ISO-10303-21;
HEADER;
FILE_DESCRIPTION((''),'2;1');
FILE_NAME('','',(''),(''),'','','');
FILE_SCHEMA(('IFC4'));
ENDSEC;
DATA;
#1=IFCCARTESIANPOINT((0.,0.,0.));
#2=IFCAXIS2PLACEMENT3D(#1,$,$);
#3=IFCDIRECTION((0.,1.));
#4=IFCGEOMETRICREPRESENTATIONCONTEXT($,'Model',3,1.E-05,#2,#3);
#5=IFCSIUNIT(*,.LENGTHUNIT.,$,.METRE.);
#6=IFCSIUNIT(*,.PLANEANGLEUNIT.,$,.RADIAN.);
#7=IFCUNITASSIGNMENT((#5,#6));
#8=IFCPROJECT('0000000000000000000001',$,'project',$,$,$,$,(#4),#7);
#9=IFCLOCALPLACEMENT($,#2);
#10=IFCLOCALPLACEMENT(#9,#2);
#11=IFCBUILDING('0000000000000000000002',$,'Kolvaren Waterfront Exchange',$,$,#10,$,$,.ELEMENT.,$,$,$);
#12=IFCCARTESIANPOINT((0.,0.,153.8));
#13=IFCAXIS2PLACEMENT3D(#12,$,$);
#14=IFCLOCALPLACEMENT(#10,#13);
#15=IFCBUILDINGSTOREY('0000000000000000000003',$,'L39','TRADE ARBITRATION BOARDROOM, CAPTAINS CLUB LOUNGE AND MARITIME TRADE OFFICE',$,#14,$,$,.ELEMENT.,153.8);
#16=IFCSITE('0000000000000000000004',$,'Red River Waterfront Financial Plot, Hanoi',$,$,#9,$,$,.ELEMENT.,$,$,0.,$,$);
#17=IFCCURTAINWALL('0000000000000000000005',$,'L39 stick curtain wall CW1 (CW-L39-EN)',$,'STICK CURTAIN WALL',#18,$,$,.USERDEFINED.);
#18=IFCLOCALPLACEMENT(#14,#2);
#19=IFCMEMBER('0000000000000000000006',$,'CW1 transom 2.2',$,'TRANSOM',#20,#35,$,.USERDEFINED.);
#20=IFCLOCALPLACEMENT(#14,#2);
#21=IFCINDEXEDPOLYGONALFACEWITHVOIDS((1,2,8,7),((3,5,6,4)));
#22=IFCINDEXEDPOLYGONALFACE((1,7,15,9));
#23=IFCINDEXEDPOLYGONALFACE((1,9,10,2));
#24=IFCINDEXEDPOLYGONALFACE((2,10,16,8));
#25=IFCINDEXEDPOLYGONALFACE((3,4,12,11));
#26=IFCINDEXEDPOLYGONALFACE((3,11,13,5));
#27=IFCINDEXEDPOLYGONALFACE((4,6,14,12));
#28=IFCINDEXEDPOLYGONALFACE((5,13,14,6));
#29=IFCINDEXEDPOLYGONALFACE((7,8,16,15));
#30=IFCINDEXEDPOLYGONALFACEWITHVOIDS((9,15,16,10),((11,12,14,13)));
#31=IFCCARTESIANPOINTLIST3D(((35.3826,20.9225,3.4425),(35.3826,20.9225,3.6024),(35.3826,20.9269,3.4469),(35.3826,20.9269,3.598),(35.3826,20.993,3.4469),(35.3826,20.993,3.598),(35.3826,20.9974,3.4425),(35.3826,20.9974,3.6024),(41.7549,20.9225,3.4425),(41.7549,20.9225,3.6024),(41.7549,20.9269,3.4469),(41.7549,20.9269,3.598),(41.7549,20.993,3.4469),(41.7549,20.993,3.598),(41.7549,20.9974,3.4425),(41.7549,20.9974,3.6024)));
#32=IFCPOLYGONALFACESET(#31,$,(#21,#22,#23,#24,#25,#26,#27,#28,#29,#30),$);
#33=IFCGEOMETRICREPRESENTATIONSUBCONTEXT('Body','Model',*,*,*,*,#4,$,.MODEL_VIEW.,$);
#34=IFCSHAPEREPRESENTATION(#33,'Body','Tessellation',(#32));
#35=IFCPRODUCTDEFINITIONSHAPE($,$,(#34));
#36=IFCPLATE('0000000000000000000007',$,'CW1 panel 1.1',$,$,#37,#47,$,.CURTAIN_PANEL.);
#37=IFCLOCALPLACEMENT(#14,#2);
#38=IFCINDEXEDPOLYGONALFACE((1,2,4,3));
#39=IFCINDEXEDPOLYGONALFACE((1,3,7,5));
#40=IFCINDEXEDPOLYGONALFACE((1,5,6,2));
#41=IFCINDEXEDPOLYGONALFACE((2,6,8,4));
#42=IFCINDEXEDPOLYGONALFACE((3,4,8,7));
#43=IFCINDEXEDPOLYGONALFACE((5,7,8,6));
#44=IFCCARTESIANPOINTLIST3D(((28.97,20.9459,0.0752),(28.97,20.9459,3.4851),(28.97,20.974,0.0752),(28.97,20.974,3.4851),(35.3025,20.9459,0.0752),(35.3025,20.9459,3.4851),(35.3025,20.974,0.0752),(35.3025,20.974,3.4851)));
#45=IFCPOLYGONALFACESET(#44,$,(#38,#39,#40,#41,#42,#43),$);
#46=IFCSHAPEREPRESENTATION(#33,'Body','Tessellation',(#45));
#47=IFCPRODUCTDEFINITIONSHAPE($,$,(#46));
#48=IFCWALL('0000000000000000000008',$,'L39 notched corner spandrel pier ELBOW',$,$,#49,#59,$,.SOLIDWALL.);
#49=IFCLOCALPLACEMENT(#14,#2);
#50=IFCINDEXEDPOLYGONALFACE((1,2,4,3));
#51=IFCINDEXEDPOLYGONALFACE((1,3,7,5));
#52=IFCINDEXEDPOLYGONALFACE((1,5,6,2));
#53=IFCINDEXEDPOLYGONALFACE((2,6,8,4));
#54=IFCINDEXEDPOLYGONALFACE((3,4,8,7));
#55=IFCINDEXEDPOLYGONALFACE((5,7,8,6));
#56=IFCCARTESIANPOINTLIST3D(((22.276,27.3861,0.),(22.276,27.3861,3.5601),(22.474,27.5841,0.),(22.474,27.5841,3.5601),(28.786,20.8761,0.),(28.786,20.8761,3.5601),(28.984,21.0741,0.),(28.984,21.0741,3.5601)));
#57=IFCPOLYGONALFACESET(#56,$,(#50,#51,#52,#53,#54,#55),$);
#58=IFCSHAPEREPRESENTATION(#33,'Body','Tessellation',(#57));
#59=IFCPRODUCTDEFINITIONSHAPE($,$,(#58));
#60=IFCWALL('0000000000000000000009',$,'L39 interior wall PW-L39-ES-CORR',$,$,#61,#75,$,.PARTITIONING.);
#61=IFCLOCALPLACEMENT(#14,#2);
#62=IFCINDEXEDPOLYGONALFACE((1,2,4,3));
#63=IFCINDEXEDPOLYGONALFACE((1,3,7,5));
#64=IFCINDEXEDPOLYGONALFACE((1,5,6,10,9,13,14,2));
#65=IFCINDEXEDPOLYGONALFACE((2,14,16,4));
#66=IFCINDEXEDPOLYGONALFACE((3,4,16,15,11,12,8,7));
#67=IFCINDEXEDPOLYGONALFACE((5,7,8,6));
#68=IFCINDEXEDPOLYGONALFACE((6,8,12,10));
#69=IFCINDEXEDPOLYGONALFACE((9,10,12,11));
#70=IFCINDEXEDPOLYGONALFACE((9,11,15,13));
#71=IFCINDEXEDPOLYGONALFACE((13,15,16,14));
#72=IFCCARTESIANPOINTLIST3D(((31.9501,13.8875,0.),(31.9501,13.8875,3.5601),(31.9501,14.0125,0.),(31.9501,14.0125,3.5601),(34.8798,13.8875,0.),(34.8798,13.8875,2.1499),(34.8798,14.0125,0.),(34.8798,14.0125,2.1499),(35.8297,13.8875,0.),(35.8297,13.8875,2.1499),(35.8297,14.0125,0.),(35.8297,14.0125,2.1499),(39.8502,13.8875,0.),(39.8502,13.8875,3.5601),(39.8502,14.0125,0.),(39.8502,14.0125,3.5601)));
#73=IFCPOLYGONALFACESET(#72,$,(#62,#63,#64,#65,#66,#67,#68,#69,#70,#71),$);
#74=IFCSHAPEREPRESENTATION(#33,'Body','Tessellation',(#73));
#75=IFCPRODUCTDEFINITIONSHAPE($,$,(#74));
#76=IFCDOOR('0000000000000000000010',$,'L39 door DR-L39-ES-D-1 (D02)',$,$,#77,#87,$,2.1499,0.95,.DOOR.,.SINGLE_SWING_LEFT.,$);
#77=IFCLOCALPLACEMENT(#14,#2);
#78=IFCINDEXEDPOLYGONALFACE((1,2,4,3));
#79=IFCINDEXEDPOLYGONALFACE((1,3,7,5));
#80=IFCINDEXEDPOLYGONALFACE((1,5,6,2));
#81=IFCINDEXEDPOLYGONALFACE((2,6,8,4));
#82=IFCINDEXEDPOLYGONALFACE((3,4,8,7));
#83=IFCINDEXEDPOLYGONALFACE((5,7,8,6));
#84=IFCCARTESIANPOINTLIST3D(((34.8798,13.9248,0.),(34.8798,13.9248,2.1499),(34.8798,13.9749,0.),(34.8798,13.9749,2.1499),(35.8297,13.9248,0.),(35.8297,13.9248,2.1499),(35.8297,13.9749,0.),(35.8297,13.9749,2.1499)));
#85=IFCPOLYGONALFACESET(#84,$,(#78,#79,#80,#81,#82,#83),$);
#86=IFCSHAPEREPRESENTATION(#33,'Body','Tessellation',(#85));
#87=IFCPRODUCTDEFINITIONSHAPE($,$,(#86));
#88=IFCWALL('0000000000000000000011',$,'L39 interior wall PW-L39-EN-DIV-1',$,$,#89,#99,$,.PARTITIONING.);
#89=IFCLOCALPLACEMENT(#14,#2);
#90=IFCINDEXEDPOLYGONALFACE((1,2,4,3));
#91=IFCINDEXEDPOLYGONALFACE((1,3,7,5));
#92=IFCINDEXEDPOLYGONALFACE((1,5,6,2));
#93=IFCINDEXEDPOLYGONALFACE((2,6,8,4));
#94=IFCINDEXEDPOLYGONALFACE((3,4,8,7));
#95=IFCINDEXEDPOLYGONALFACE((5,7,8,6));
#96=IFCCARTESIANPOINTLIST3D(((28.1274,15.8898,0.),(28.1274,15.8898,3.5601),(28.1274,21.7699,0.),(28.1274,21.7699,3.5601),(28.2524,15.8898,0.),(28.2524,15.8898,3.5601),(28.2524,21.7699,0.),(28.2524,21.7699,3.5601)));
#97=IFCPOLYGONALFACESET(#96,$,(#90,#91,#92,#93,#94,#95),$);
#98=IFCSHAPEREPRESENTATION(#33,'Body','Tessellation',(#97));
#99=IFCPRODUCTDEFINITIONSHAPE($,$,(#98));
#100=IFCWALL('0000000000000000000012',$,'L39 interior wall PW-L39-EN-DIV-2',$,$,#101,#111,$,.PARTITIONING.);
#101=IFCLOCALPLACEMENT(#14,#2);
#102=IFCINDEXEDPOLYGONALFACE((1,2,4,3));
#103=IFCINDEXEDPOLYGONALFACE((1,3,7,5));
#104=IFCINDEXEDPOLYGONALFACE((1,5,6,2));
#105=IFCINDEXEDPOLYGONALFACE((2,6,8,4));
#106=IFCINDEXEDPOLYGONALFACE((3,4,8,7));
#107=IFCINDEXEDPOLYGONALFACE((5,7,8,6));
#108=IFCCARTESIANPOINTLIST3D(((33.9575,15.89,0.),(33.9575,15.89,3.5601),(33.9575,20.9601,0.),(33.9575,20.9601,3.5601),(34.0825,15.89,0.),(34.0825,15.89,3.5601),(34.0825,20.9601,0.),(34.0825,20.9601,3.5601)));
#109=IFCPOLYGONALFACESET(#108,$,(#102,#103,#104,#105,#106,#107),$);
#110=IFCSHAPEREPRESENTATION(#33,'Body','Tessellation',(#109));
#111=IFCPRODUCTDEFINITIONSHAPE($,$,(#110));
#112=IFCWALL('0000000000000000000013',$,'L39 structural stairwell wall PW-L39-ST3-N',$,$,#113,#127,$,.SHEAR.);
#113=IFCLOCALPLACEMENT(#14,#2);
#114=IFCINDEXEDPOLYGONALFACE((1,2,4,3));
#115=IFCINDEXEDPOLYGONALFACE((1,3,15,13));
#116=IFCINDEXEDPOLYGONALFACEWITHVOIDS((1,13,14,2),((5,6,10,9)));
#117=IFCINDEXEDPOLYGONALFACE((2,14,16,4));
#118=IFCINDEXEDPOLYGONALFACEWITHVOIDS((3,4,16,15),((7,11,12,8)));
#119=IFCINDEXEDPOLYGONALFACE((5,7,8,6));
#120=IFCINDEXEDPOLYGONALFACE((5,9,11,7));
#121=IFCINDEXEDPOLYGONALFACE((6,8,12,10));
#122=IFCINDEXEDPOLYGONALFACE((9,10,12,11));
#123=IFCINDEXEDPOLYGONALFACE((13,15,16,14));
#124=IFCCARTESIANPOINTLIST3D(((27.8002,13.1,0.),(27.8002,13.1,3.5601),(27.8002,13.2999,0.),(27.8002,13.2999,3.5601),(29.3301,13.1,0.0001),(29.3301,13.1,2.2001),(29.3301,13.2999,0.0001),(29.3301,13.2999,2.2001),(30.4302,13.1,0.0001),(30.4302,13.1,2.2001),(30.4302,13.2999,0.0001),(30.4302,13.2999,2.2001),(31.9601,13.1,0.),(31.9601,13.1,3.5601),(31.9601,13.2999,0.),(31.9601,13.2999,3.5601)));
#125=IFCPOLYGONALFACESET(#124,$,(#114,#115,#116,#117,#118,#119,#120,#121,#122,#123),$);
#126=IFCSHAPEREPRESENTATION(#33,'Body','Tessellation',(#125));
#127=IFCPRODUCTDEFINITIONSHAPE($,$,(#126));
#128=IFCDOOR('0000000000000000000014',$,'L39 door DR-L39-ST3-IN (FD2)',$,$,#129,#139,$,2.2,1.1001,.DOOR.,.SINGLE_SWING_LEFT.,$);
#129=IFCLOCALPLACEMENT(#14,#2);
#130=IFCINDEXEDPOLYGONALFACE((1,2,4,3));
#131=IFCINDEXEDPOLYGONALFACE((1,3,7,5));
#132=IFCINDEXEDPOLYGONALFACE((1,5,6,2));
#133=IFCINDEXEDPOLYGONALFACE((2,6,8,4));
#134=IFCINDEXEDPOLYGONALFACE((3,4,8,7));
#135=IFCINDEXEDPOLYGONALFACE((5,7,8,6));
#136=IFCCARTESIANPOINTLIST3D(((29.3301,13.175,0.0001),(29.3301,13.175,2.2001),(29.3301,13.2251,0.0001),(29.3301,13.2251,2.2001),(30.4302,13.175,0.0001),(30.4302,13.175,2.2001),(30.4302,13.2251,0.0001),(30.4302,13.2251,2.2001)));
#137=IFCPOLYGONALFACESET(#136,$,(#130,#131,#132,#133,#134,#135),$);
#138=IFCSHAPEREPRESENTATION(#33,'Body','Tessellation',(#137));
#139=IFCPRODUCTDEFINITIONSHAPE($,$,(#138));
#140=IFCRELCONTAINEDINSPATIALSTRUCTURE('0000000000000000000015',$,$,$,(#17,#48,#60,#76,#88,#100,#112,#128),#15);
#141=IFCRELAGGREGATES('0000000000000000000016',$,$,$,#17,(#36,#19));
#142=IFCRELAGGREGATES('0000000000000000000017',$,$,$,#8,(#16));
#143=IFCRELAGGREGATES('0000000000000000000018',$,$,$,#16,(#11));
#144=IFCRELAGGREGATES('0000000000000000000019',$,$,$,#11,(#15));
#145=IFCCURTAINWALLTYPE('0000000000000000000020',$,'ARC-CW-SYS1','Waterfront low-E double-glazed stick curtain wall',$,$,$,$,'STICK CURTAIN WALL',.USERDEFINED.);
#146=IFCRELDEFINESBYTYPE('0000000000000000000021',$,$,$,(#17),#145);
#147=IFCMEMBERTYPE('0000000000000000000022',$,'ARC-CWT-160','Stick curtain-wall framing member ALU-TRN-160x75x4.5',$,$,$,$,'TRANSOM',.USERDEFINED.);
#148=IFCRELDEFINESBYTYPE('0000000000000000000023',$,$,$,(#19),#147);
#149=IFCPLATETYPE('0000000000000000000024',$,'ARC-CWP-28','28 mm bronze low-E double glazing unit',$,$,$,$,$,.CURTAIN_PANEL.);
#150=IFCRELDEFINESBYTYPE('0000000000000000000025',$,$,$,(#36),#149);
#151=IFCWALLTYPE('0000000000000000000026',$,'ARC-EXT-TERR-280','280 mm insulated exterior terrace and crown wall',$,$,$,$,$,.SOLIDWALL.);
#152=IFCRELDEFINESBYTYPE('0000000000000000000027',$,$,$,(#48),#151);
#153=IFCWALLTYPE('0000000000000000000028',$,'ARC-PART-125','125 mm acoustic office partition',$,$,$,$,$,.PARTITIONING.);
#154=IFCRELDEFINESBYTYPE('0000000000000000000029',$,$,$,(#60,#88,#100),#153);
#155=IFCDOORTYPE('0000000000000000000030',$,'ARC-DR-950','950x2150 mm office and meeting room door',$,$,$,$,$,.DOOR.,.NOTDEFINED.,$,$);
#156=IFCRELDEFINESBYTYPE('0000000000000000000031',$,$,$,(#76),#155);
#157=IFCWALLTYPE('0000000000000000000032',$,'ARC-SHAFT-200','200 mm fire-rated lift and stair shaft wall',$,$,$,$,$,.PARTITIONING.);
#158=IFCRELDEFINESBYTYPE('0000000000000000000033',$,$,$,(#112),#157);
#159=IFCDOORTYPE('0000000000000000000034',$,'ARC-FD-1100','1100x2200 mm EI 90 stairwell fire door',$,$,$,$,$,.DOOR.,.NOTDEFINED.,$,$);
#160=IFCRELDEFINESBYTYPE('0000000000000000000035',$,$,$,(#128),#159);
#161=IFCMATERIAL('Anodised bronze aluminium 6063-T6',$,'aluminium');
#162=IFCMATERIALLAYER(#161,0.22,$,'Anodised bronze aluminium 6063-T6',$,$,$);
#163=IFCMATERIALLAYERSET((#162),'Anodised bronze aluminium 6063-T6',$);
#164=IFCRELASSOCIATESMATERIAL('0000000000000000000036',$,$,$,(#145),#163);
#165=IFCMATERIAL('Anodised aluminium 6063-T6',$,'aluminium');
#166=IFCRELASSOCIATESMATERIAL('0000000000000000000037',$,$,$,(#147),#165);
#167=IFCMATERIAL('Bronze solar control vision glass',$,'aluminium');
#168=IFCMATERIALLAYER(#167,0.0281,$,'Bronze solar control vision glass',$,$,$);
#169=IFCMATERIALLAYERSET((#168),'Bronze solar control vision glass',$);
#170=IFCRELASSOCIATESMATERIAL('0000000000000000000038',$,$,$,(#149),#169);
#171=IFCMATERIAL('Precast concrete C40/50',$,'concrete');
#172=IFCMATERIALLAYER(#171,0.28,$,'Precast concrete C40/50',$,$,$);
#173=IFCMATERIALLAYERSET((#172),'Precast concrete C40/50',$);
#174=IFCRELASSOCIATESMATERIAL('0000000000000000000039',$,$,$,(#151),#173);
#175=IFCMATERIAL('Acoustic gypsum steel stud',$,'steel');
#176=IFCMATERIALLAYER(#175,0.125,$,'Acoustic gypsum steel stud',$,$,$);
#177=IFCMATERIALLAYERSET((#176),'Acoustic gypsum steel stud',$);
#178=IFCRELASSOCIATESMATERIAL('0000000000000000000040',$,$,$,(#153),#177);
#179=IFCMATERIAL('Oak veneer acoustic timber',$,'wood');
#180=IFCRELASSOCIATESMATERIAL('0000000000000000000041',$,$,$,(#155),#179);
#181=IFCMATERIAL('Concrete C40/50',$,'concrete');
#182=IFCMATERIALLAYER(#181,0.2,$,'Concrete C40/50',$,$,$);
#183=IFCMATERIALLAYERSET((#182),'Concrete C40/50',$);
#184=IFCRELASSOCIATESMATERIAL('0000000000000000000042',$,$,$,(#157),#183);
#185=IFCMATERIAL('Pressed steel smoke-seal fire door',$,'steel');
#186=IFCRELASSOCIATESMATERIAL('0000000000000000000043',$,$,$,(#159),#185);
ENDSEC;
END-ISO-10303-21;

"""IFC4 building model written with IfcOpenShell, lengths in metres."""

from ifc_helpers import new_model, si_unit, direction, frame, frame_2d, origin, origin_with_axes, origin_2d, place, context, subcontext, project, spatial, rectangle, hollow_rectangle, extrude, source, transform, mapped, material, layer, layer_set, material_profile, profile_set, type_object, element, fill, aggregate, save


model = new_model("IFC4")

# Units and contexts
model_context = context("Model", 3, precision=1e-05, world=origin(), true_north=direction((0.0, 1.0)))
body_context = subcontext(model_context, "Body", "Model", "MODEL_VIEW")
ifc_project = project(units=[si_unit("LENGTHUNIT", "METRE"), si_unit("PLANEANGLEUNIT", "RADIAN")], contexts=[model_context])

# Site, building, storey
site_placement = place(None, origin())
site = spatial("IfcSite", under=ifc_project, at=site_placement, Name="Red River Waterfront Financial Plot, Hanoi", CompositionType="ELEMENT", RefElevation=0.0)
building_placement = place(site_placement, origin())
building = spatial("IfcBuilding", under=site, at=building_placement, Name="Kolvaren Waterfront Exchange", CompositionType="ELEMENT")
storey_placement = place(building_placement, frame((0.0, 0.0, 153.8)))
storey = spatial("IfcBuildingStorey", under=building, at=storey_placement, Name="L39", Description="TRADE ARBITRATION BOARDROOM, CAPTAINS CLUB LOUNGE AND MARITIME TRADE OFFICE", CompositionType="ELEMENT", Elevation=153.8)

# Curtain wall, member, plate
ifc_material_1 = material(Name="Anodised bronze aluminium 6063-T6", Category="aluminium")
ifc_layer_1 = layer(ifc_material_1, 0.22, Name="Anodised bronze aluminium 6063-T6")
ifc_layer_set_1 = layer_set([ifc_layer_1], Name="Anodised bronze aluminium 6063-T6")
curtain_wall_type = type_object("IfcCurtainWallType", Name="ARC-CW-SYS1", Description="Waterfront low-E double-glazed stick curtain wall", ElementType="STICK CURTAIN WALL", PredefinedType="USERDEFINED", material=ifc_layer_set_1)
curtain_wall_placement = place(storey_placement, origin())
curtain_wall = element("IfcCurtainWall", 1, at=curtain_wall_placement, inside=storey, type_object=curtain_wall_type, Name="L39 stick curtain wall CW1 (CW-L39-EN)", ObjectType="STICK CURTAIN WALL", PredefinedType="USERDEFINED")
ifc_material_2 = material(Name="Anodised aluminium 6063-T6", Category="aluminium")
ifc_material_profile_1 = material_profile(ifc_material_2, hollow_rectangle(XDim=0.075, YDim=0.1599, WallThickness=0.0044, at=origin_2d()), Name="ALU-TRN-160x75x4.5")
ifc_profile_set_1 = profile_set([ifc_material_profile_1], Name="Anodised aluminium 6063-T6")
member_type_1 = type_object("IfcMemberType", Name="ARC-CWT-160", Description="Stick curtain-wall framing member ALU-TRN-160x75x4.5", ElementType="TRANSOM", PredefinedType="USERDEFINED", material=ifc_profile_set_1)
shared_shape_1 = source(origin_with_axes(), body_context, "Body", "SweptSolid", [
    extrude(hollow_rectangle(XDim=0.075, YDim=0.1599, WallThickness=0.0044, at=origin_2d()), origin(), (0.0, 0.0, 1.0), 6.3723),
])
member_1_placement = place(storey_placement, frame((35.3826, 20.96, 3.5225), z_axis=(1.0, 0.0, 0.0), x_axis=(0.0, 1.0, 0.0)))
member_1 = element("IfcMember", 2, at=member_1_placement, type_object=member_type_1, Name="CW1 transom 2.2", ObjectType="TRANSOM", PredefinedType="USERDEFINED", context=body_context, shape_type="MappedRepresentation", body=[
    mapped(shared_shape_1, transform((0.0, 0.0, 0.0), x_axis=(1.0, 0.0, 0.0), y_axis=(0.0, 1.0, 0.0), z_axis=(0.0, 0.0, 1.0), scale=1.0)),
])
ifc_material_3 = material(Name="Bronze solar control vision glass", Category="aluminium")
ifc_layer_2 = layer(ifc_material_3, 0.0281, Name="Bronze solar control vision glass")
ifc_layer_set_2 = layer_set([ifc_layer_2], Name="Bronze solar control vision glass")
plate_type = type_object("IfcPlateType", Name="ARC-CWP-28", Description="28 mm bronze low-E double glazing unit", PredefinedType="CURTAIN_PANEL", material=ifc_layer_set_2)
shared_shape_2 = source(origin_with_axes(), body_context, "Body", "SweptSolid", [
    extrude(rectangle(XDim=6.3325, YDim=0.0281, at=origin_2d()), origin(), (0.0, 0.0, 1.0), 3.4099),
])
plate_placement = place(storey_placement, frame((32.1362, 20.96, 0.0752), z_axis=(0.0, 0.0, 1.0), x_axis=(1.0, 0.0, 0.0)))
plate = element("IfcPlate", 3, at=plate_placement, type_object=plate_type, Name="CW1 panel 1.1", PredefinedType="CURTAIN_PANEL", context=body_context, shape_type="MappedRepresentation", body=[
    mapped(shared_shape_2, transform((0.0, 0.0, 0.0), x_axis=(1.0, 0.0, 0.0), y_axis=(0.0, 1.0, 0.0), z_axis=(0.0, 0.0, 1.0), scale=1.0)),
])
aggregate(curtain_wall, [plate, member_1])

# Wall
ifc_material_4 = material(Name="Precast concrete C40/50", Category="concrete")
ifc_layer_3 = layer(ifc_material_4, 0.28, Name="Precast concrete C40/50")
ifc_layer_set_3 = layer_set([ifc_layer_3], Name="Precast concrete C40/50")
wall_type_1 = type_object("IfcWallType", Name="ARC-EXT-TERR-280", Description="280 mm insulated exterior terrace and crown wall", PredefinedType="SOLIDWALL", material=ifc_layer_set_3)
wall_1_placement = place(storey_placement, frame((28.885, 20.9751, 0.0), z_axis=(0.0, 0.0, 1.0), x_axis=(-0.707107, 0.707107, 0.0)))
element("IfcWall", 4, at=wall_1_placement, inside=storey, type_object=wall_type_1, Name="L39 notched corner spandrel pier ELBOW", PredefinedType="SOLIDWALL", context=body_context, shape_type="SweptSolid", body=[
    extrude(rectangle(XDim=9.2065, YDim=0.28, at=frame_2d((4.6033, 0.0))), origin(), (0.0, 0.0, 1.0), 3.5601),
])

# Wall, opening, door
ifc_material_5 = material(Name="Acoustic gypsum steel stud", Category="steel")
ifc_layer_4 = layer(ifc_material_5, 0.125, Name="Acoustic gypsum steel stud")
ifc_layer_set_4 = layer_set([ifc_layer_4], Name="Acoustic gypsum steel stud")
wall_type_2 = type_object("IfcWallType", Name="ARC-PART-125", Description="125 mm acoustic office partition", PredefinedType="PARTITIONING", material=ifc_layer_set_4)
wall_2_placement = place(storey_placement, frame((31.95, 13.95, 0.0), z_axis=(0.0, 0.0, 1.0), x_axis=(1.0, 0.0, 0.0)))
wall_2 = element("IfcWall", 5, at=wall_2_placement, inside=storey, type_object=wall_type_2, Name="L39 interior wall PW-L39-ES-CORR", PredefinedType="PARTITIONING", context=body_context, shape_type="SweptSolid", body=[
    extrude(rectangle(XDim=7.9001, YDim=0.125, at=frame_2d((3.9502, 0.0))), origin(), (0.0, 0.0, 1.0), 3.5601),
])
opening_1_placement = place(wall_2_placement, frame((2.9297, 0.0, 0.0)))
opening_1 = element("IfcOpeningElement", 6, at=opening_1_placement, cuts=wall_2, PredefinedType="OPENING", context=body_context, shape_type="SweptSolid", body=[
    extrude(rectangle(XDim=0.95, YDim=2.1499, at=frame_2d((0.4751, 1.075))), frame((0.0, 0.0725, 0.0), z_axis=(0.0, -1.0, 0.0), x_axis=(1.0, 0.0, 0.0)), (0.0, 0.0, 1.0), 0.145),
])
ifc_material_6 = material(Name="Oak veneer acoustic timber", Category="wood")
door_type_1 = type_object("IfcDoorType", Name="ARC-DR-950", Description="950x2150 mm office and meeting room door", OperationType="NOTDEFINED", PredefinedType="DOOR", material=ifc_material_6)
door_1_placement = place(opening_1_placement, origin())
door_1 = element("IfcDoor", 7, at=door_1_placement, inside=storey, type_object=door_type_1, Name="L39 door DR-L39-ES-D-1 (D02)", OperationType="SINGLE_SWING_LEFT", OverallHeight=2.1499, OverallWidth=0.95, PredefinedType="DOOR", context=body_context, shape_type="SweptSolid", body=[
    extrude(rectangle(XDim=0.95, YDim=2.1499, at=frame_2d((0.4751, 1.075))), frame((0.0, 0.0249, 0.0), z_axis=(0.0, -1.0, 0.0), x_axis=(1.0, 0.0, 0.0)), (0.0, 0.0, 1.0), 0.05),
])
fill(opening_1, door_1)

# Walls
wall_3_placement = place(storey_placement, frame((28.1899, 15.8899, 0.0), z_axis=(0.0, 0.0, 1.0), x_axis=(0.0, 1.0, 0.0)))
element("IfcWall", 8, at=wall_3_placement, inside=storey, type_object=wall_type_2, Name="L39 interior wall PW-L39-EN-DIV-1", PredefinedType="PARTITIONING", context=body_context, shape_type="SweptSolid", body=[
    extrude(rectangle(XDim=5.8801, YDim=0.125, at=frame_2d((2.9399, 0.0))), origin(), (0.0, 0.0, 1.0), 3.5601),
])
wall_4_placement = place(storey_placement, frame((34.02, 15.8899, 0.0), z_axis=(0.0, 0.0, 1.0), x_axis=(0.0, 1.0, 0.0)))
element("IfcWall", 9, at=wall_4_placement, inside=storey, type_object=wall_type_2, Name="L39 interior wall PW-L39-EN-DIV-2", PredefinedType="PARTITIONING", context=body_context, shape_type="SweptSolid", body=[
    extrude(rectangle(XDim=5.0701, YDim=0.125, at=frame_2d((2.5352, 0.0))), origin(), (0.0, 0.0, 1.0), 3.5601),
])

# Wall, opening, door
ifc_material_7 = material(Name="Concrete C40/50", Category="concrete")
ifc_layer_5 = layer(ifc_material_7, 0.2, Name="Concrete C40/50")
ifc_layer_set_5 = layer_set([ifc_layer_5], Name="Concrete C40/50")
wall_type_3 = type_object("IfcWallType", Name="ARC-SHAFT-200", Description="200 mm fire-rated lift and stair shaft wall", PredefinedType="PARTITIONING", material=ifc_layer_set_5)
wall_5_placement = place(storey_placement, frame((27.8, 13.2, 0.0), z_axis=(0.0, 0.0, 1.0), x_axis=(1.0, 0.0, 0.0)))
wall_5 = element("IfcWall", 10, at=wall_5_placement, inside=storey, type_object=wall_type_3, Name="L39 structural stairwell wall PW-L39-ST3-N", PredefinedType="SHEAR", context=body_context, shape_type="SweptSolid", body=[
    extrude(rectangle(XDim=4.1599, YDim=0.2, at=frame_2d((2.0801, 0.0))), origin(), (0.0, 0.0, 1.0), 3.5601),
])
opening_2_placement = place(wall_5_placement, frame((1.53, 0.0, 0.0)))
opening_2 = element("IfcOpeningElement", 11, at=opening_2_placement, cuts=wall_5, PredefinedType="OPENING", context=body_context, shape_type="SweptSolid", body=[
    extrude(rectangle(XDim=1.1001, YDim=2.2, at=frame_2d((0.55, 1.1001))), frame((0.0, 0.1099, 0.0), z_axis=(0.0, -1.0, 0.0), x_axis=(1.0, 0.0, 0.0)), (0.0, 0.0, 1.0), 0.22),
])
ifc_material_8 = material(Name="Pressed steel smoke-seal fire door", Category="steel")
door_type_2 = type_object("IfcDoorType", Name="ARC-FD-1100", Description="1100x2200 mm EI 90 stairwell fire door", OperationType="NOTDEFINED", PredefinedType="DOOR", material=ifc_material_8)
door_2_placement = place(opening_2_placement, frame((1.1001, 0.0, 0.0), z_axis=(0.0, 0.0, 1.0), x_axis=(-1.0, 0.0, 0.0)))
door_2 = element("IfcDoor", 12, at=door_2_placement, inside=storey, type_object=door_type_2, Name="L39 door DR-L39-ST3-IN (FD2)", OperationType="SINGLE_SWING_LEFT", OverallHeight=2.2, OverallWidth=1.1001, PredefinedType="DOOR", context=body_context, shape_type="SweptSolid", body=[
    extrude(rectangle(XDim=1.1001, YDim=2.2, at=frame_2d((0.55, 1.1001))), frame((0.0, 0.0249, 0.0), z_axis=(0.0, -1.0, 0.0), x_axis=(1.0, 0.0, 0.0)), (0.0, 0.0, 1.0), 0.05),
])
fill(opening_2, door_2)

save(model, "model.ifc")
